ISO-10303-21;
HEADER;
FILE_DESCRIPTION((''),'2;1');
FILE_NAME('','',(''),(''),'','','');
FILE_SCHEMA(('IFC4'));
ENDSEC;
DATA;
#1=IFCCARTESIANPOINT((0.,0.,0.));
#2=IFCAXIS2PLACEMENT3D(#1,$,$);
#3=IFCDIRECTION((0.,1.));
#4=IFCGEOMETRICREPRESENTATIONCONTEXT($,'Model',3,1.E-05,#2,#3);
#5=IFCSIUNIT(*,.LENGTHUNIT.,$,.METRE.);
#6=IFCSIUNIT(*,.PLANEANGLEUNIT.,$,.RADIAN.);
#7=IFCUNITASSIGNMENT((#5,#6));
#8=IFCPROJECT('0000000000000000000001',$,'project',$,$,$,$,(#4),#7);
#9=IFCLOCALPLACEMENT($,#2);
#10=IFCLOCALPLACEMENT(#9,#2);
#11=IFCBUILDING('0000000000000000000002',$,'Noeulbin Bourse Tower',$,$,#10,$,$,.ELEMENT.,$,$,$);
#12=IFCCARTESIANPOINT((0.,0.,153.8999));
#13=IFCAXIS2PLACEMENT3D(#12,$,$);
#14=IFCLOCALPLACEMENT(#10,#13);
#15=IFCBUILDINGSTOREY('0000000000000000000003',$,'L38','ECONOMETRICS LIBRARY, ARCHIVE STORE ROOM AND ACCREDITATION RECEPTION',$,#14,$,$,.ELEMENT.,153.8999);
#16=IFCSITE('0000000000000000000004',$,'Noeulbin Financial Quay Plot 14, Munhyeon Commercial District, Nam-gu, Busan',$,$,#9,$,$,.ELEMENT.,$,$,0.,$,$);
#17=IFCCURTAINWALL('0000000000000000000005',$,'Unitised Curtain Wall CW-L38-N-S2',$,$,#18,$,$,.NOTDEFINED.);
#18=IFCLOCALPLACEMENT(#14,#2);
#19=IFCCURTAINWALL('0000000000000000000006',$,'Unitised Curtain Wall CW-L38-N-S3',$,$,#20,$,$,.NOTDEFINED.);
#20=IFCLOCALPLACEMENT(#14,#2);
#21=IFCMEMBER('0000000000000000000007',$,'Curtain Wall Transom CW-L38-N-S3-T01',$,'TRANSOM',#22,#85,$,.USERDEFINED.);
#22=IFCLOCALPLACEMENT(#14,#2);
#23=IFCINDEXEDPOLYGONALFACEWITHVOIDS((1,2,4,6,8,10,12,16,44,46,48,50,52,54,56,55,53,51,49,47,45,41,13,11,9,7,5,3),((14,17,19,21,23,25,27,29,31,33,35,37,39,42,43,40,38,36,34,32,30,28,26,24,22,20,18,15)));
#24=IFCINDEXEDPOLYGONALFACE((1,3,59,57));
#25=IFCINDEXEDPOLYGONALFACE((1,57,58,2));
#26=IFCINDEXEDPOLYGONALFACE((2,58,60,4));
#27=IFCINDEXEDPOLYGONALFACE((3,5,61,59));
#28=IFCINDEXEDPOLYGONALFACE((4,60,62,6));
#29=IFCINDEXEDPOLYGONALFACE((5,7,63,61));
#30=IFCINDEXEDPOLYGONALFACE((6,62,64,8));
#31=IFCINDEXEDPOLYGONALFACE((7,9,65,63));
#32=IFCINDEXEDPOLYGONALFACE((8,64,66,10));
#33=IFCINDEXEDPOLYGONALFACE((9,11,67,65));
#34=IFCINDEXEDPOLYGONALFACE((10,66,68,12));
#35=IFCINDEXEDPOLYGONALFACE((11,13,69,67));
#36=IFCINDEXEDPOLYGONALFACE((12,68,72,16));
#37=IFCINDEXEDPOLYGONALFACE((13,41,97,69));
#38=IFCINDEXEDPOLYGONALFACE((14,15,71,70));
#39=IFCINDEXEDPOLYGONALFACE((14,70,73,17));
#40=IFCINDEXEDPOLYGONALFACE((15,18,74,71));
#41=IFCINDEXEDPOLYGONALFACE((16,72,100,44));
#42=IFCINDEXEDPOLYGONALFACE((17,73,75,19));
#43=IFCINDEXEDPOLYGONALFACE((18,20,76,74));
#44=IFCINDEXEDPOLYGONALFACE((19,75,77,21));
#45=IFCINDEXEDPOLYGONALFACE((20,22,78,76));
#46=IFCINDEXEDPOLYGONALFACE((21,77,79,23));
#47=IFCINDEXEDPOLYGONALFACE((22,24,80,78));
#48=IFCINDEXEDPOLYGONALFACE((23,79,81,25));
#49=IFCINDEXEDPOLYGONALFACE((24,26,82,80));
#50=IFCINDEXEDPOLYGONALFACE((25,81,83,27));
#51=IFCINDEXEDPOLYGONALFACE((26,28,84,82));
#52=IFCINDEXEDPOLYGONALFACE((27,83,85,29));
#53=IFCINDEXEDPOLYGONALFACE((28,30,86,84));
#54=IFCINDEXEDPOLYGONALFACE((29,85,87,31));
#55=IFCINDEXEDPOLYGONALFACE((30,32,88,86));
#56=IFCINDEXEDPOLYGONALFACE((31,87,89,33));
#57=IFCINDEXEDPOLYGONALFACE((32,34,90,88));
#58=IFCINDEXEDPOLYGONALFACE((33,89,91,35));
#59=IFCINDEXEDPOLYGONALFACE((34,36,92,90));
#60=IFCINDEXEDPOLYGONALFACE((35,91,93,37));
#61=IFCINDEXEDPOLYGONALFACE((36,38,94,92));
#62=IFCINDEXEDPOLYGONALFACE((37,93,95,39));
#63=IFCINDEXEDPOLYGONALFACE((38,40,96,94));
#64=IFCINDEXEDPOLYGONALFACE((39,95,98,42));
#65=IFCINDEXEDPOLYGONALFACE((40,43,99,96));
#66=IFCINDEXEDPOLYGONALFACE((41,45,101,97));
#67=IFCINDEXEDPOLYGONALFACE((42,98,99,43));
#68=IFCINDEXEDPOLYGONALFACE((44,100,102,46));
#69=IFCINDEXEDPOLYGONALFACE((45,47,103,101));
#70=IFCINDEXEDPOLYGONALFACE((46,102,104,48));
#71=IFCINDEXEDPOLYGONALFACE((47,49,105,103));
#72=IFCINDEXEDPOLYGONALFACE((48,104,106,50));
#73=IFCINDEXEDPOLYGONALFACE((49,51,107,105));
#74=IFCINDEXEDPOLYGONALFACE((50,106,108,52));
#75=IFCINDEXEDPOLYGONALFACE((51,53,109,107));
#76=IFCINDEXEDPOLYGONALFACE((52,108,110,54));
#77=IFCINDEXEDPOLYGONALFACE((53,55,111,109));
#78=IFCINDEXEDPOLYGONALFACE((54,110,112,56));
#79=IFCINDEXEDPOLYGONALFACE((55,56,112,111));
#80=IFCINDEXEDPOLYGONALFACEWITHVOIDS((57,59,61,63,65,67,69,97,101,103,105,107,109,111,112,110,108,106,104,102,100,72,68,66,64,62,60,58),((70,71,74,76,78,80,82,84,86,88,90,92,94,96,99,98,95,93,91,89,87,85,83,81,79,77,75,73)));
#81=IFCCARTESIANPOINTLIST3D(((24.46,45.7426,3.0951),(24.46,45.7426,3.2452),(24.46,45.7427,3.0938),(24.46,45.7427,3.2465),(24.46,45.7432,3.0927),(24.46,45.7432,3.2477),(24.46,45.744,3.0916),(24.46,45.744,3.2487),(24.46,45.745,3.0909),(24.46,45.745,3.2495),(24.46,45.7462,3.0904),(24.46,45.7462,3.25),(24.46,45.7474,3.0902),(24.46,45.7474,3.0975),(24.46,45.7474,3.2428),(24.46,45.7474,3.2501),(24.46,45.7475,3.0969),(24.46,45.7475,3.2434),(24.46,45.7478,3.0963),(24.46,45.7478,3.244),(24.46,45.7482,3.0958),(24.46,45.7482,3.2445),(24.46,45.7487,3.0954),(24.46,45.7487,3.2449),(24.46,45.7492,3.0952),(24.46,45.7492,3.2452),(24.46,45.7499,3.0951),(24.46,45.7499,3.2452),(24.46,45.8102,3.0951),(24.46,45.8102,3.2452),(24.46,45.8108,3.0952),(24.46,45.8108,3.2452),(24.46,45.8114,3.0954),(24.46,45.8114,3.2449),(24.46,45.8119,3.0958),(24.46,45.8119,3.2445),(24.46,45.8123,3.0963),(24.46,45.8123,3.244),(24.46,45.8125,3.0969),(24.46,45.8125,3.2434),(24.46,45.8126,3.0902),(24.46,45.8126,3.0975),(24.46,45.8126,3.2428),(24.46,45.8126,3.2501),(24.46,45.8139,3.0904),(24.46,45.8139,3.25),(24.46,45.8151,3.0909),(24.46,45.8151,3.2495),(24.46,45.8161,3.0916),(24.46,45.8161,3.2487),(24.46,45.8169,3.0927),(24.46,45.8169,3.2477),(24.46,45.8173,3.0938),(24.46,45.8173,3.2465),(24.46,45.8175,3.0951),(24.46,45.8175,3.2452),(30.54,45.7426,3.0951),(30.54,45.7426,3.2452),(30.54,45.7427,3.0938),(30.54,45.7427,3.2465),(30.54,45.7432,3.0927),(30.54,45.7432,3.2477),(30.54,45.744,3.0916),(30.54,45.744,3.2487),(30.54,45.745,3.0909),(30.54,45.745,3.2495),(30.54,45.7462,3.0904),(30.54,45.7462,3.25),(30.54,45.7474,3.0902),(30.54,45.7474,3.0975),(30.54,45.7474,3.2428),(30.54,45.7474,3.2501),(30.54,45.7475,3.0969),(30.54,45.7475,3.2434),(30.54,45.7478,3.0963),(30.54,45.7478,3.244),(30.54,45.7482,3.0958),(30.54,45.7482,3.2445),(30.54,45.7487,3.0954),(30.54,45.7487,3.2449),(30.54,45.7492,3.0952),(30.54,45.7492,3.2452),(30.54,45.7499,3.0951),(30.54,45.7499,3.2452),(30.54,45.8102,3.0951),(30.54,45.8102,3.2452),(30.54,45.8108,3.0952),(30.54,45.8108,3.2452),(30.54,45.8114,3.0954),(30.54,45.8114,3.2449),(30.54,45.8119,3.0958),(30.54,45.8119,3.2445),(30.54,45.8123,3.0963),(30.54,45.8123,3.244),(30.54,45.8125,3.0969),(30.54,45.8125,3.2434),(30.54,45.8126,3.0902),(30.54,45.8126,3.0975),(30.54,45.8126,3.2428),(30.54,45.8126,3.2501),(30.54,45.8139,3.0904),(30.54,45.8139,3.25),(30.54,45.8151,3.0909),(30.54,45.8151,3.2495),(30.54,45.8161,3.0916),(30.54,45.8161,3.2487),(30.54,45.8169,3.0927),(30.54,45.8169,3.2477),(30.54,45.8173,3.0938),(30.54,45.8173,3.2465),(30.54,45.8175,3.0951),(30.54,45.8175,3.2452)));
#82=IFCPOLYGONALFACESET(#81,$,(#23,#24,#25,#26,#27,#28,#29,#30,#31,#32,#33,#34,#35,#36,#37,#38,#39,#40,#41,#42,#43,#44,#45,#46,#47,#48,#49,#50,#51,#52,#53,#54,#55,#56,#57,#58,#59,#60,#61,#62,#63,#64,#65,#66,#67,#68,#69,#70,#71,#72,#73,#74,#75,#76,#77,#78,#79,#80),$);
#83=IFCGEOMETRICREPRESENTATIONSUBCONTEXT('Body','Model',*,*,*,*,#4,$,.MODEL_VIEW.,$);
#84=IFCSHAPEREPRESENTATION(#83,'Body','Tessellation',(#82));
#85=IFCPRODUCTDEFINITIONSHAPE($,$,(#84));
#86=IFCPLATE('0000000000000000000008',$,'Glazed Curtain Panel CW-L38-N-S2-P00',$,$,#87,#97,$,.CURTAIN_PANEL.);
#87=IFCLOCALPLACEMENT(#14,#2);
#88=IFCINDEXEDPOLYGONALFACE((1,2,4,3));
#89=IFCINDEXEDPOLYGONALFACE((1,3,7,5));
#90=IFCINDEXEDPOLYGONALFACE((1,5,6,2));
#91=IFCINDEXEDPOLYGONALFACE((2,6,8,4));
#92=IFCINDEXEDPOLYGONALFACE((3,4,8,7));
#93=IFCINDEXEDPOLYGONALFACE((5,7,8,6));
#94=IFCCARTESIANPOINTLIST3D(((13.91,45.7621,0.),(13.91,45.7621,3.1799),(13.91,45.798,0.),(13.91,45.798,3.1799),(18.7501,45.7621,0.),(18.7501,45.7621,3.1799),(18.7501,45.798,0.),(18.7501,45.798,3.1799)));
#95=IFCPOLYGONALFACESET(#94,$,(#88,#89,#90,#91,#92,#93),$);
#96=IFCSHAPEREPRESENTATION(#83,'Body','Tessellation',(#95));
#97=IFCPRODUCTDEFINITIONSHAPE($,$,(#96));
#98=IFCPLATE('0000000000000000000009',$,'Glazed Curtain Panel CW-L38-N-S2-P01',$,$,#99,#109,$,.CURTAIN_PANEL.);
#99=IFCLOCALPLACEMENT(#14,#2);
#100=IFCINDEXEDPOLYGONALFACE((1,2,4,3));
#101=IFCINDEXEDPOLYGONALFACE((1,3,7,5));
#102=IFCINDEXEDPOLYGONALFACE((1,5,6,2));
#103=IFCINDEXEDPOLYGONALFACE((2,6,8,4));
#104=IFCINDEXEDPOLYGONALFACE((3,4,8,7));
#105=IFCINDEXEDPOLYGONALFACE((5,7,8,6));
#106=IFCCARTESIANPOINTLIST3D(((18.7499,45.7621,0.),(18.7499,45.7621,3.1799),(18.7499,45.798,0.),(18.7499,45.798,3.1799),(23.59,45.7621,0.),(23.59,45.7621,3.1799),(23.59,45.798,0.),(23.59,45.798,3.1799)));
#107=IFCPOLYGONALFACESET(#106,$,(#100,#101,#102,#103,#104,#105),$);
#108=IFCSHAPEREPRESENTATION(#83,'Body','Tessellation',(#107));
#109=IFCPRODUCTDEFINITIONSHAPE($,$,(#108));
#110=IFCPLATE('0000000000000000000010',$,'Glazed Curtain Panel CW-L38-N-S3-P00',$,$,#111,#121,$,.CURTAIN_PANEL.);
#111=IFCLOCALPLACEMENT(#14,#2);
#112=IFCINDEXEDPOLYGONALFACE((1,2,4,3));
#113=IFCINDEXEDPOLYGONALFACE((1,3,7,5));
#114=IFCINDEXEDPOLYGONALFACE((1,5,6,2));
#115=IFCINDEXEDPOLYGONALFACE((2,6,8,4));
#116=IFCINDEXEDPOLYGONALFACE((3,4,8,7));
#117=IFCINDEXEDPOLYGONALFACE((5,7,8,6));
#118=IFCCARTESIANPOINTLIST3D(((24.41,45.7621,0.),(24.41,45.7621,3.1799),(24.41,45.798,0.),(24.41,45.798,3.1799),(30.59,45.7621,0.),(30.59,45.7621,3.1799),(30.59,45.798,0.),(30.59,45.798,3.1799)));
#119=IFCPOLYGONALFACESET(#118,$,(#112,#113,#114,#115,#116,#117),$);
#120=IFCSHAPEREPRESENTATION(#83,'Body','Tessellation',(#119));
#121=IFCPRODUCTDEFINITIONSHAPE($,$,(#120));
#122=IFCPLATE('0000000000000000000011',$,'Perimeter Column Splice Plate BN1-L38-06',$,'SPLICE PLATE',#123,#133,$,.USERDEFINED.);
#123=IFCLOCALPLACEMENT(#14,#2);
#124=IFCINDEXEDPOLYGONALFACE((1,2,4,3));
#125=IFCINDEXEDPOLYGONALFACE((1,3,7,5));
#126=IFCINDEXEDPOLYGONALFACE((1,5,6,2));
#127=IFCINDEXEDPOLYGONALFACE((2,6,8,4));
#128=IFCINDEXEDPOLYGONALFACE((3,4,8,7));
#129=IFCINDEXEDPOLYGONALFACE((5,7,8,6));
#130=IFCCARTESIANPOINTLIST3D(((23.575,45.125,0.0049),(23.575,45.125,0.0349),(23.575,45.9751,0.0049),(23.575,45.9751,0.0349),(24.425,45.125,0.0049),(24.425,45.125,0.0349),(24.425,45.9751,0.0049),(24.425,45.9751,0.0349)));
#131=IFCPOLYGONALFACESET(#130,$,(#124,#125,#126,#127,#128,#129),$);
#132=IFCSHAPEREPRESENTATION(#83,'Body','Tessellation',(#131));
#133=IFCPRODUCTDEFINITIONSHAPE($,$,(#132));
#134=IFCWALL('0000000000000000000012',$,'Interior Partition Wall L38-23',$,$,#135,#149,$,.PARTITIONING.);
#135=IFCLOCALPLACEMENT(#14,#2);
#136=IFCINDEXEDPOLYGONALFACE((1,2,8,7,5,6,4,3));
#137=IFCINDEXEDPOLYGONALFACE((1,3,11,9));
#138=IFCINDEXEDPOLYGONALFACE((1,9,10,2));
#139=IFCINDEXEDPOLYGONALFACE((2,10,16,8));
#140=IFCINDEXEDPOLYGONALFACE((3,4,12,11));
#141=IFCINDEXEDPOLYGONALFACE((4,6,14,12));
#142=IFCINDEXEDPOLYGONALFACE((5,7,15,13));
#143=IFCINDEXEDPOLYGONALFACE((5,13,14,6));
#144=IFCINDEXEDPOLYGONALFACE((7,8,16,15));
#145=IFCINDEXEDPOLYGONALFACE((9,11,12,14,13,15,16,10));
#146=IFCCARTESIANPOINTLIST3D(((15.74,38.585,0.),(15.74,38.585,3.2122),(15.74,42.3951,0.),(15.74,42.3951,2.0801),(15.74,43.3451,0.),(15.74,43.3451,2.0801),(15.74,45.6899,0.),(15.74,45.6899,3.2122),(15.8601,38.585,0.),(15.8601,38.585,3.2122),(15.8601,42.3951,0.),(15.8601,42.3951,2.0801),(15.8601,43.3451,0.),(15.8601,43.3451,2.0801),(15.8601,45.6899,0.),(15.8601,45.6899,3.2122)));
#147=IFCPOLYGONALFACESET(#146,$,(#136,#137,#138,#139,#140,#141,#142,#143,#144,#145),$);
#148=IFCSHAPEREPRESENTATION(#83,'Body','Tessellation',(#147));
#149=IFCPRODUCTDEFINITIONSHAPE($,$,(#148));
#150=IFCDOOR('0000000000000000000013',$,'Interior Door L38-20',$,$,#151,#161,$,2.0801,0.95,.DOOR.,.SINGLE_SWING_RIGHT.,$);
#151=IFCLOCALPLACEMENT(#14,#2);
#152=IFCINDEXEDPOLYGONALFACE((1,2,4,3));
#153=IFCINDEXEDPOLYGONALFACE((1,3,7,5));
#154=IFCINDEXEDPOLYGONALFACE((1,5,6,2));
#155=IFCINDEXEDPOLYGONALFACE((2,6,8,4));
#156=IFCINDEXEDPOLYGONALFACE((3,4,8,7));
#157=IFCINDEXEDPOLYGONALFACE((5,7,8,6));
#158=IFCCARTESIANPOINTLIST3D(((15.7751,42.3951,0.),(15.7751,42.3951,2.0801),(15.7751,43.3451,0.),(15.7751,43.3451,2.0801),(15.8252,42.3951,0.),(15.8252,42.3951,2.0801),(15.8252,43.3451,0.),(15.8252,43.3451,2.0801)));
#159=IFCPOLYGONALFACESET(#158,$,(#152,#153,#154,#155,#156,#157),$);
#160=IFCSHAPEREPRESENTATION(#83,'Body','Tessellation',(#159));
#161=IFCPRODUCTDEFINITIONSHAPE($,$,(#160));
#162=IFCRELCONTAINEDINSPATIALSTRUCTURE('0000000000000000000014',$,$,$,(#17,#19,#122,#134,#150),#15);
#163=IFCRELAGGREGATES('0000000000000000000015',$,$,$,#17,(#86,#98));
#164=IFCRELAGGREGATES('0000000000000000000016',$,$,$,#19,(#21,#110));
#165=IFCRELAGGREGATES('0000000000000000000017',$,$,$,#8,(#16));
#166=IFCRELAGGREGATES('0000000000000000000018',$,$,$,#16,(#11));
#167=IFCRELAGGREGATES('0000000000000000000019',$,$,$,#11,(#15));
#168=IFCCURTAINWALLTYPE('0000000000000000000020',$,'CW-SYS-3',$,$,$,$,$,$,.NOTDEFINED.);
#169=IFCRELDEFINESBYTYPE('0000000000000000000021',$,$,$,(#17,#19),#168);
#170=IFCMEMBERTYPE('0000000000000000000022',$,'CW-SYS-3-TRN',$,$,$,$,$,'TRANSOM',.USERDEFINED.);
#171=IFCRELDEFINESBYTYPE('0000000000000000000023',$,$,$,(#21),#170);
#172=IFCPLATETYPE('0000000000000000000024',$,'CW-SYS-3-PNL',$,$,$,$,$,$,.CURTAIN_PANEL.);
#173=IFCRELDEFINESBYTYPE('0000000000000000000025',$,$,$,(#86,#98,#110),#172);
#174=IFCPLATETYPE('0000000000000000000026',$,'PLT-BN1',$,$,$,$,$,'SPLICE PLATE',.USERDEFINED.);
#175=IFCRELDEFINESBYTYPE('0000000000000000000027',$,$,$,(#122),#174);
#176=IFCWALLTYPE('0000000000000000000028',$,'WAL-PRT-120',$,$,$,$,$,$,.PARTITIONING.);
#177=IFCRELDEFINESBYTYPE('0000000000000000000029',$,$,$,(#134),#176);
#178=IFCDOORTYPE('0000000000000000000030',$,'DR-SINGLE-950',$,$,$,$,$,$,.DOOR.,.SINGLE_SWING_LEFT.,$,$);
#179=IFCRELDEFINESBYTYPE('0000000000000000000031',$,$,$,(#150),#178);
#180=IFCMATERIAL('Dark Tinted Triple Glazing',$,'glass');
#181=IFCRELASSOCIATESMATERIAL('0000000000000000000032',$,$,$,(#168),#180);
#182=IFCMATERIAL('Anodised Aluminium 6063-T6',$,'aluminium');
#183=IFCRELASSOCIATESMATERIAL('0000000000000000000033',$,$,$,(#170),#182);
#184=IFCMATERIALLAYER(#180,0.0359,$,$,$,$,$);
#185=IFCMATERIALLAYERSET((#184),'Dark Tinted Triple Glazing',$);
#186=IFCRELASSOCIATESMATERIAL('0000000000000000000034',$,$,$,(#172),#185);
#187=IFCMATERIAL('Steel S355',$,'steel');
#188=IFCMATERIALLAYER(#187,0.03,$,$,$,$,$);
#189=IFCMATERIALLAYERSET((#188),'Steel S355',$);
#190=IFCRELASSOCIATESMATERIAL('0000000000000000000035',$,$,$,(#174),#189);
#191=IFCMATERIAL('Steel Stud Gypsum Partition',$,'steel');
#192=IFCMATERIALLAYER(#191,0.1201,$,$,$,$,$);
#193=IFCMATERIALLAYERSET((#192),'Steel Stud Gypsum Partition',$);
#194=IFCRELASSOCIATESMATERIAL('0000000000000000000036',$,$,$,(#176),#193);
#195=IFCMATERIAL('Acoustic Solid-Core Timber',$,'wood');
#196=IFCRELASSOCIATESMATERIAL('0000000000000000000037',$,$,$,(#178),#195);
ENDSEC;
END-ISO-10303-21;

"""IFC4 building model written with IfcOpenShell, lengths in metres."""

from ifc_helpers import new_model, si_unit, direction, frame, frame_2d, origin, origin_2d, place, context, subcontext, project, spatial, rectangle, hollow_rectangle, extrude, material, layer, layer_set, material_profile, profile_set, type_object, element, fill, aggregate, save


model = new_model("IFC4")

# Units and contexts
model_context = context("Model", 3, precision=1e-05, world=origin(), true_north=direction((0.0, 1.0)))
body_context = subcontext(model_context, "Body", "Model", "MODEL_VIEW")
ifc_project = project(units=[si_unit("LENGTHUNIT", "METRE"), si_unit("PLANEANGLEUNIT", "RADIAN")], contexts=[model_context])

# Site, building, storey
site_placement = place(None, origin())
site = spatial("IfcSite", under=ifc_project, at=site_placement, Name="Noeulbin Financial Quay Plot 14, Munhyeon Commercial District, Nam-gu, Busan", CompositionType="ELEMENT", RefElevation=0.0)
building_placement = place(site_placement, origin())
building = spatial("IfcBuilding", under=site, at=building_placement, Name="Noeulbin Bourse Tower", CompositionType="ELEMENT")
storey_placement = place(building_placement, frame((0.0, 0.0, 153.8999)))
storey = spatial("IfcBuildingStorey", under=building, at=storey_placement, Name="L38", Description="ECONOMETRICS LIBRARY, ARCHIVE STORE ROOM AND ACCREDITATION RECEPTION", CompositionType="ELEMENT", Elevation=153.8999)

# Shared definitions
ifc_material_1 = material(Name="Steel S355", Category="steel")

# Curtain walls, member
ifc_material_2 = material(Name="Dark Tinted Triple Glazing", Category="glass")
curtain_wall_type = type_object("IfcCurtainWallType", Name="CW-SYS-3", PredefinedType="NOTDEFINED", material=ifc_material_2)
curtain_wall_1_placement = place(storey_placement, origin())
curtain_wall_1 = element("IfcCurtainWall", 1, at=curtain_wall_1_placement, inside=storey, type_object=curtain_wall_type, Name="Unitised Curtain Wall CW-L38-N-S2", PredefinedType="NOTDEFINED")
ifc_material_3 = material(Name="Anodised Aluminium 6063-T6", Category="aluminium")
curtain_wall_2_placement = place(storey_placement, origin())
curtain_wall_2 = element("IfcCurtainWall", 2, at=curtain_wall_2_placement, inside=storey, type_object=curtain_wall_type, Name="Unitised Curtain Wall CW-L38-N-S3", PredefinedType="NOTDEFINED")
ifc_material_profile_1 = material_profile(ifc_material_3, hollow_rectangle(XDim=0.075, YDim=0.1599, WallThickness=0.0049, InnerFilletRadius=0.0024, OuterFilletRadius=0.0049, at=origin_2d()), Name="ALU-TRAN-75x160x5", Category="LoadBearing")
ifc_profile_set_1 = profile_set([ifc_material_profile_1], Name="Anodised Aluminium 6063-T6")
member_type_1 = type_object("IfcMemberType", Name="CW-SYS-3-TRN", ElementType="TRANSOM", PredefinedType="USERDEFINED", material=ifc_profile_set_1)
member_1_placement = place(storey_placement, frame((24.46, 45.78, 3.1702), z_axis=(1.0, 0.0, 0.0), x_axis=(0.0, 1.0, 0.0)))
member_1 = element("IfcMember", 3, at=member_1_placement, type_object=member_type_1, Name="Curtain Wall Transom CW-L38-N-S3-T01", ObjectType="TRANSOM", PredefinedType="USERDEFINED", context=body_context, shape_type="SweptSolid", body=[
    extrude(hollow_rectangle(XDim=0.075, YDim=0.1599, WallThickness=0.0049, InnerFilletRadius=0.0024, OuterFilletRadius=0.0049, at=origin_2d()), origin(), (0.0, 0.0, 1.0), 6.0801),
])

# Plates
ifc_layer_1 = layer(ifc_material_2, 0.0359)
ifc_layer_set_1 = layer_set([ifc_layer_1], Name="Dark Tinted Triple Glazing")
plate_type_1 = type_object("IfcPlateType", Name="CW-SYS-3-PNL", PredefinedType="CURTAIN_PANEL", material=ifc_layer_set_1)
plate_1_placement = place(storey_placement, frame((16.3301, 45.78, 0.0), z_axis=(0.0, 0.0, 1.0), x_axis=(1.0, 0.0, 0.0)))
plate_1 = element("IfcPlate", 4, at=plate_1_placement, type_object=plate_type_1, Name="Glazed Curtain Panel CW-L38-N-S2-P00", PredefinedType="CURTAIN_PANEL", context=body_context, shape_type="SweptSolid", body=[
    extrude(rectangle(XDim=4.8401, YDim=0.0359, at=origin_2d()), origin(), (0.0, 0.0, 1.0), 3.1799),
])
plate_2_placement = place(storey_placement, frame((21.1699, 45.78, 0.0), z_axis=(0.0, 0.0, 1.0), x_axis=(1.0, 0.0, 0.0)))
plate_2 = element("IfcPlate", 5, at=plate_2_placement, type_object=plate_type_1, Name="Glazed Curtain Panel CW-L38-N-S2-P01", PredefinedType="CURTAIN_PANEL", context=body_context, shape_type="SweptSolid", body=[
    extrude(rectangle(XDim=4.8401, YDim=0.0359, at=origin_2d()), origin(), (0.0, 0.0, 1.0), 3.1799),
])
aggregate(curtain_wall_1, [plate_1, plate_2])
plate_3_placement = place(storey_placement, frame((27.5, 45.78, 0.0), z_axis=(0.0, 0.0, 1.0), x_axis=(1.0, 0.0, 0.0)))
plate_3 = element("IfcPlate", 6, at=plate_3_placement, type_object=plate_type_1, Name="Glazed Curtain Panel CW-L38-N-S3-P00", PredefinedType="CURTAIN_PANEL", context=body_context, shape_type="SweptSolid", body=[
    extrude(rectangle(XDim=6.1799, YDim=0.0359, at=origin_2d()), origin(), (0.0, 0.0, 1.0), 3.1799),
])
aggregate(curtain_wall_2, [member_1, plate_3])
ifc_layer_2 = layer(ifc_material_1, 0.03)
ifc_layer_set_2 = layer_set([ifc_layer_2], Name="Steel S355")
plate_type_2 = type_object("IfcPlateType", Name="PLT-BN1", ElementType="SPLICE PLATE", PredefinedType="USERDEFINED", material=ifc_layer_set_2)
plate_4_placement = place(storey_placement, frame((24.0, 45.55, 0.0049), z_axis=(0.0, 0.0, 1.0), x_axis=(1.0, 0.0, 0.0)))
element("IfcPlate", 7, at=plate_4_placement, inside=storey, type_object=plate_type_2, Name="Perimeter Column Splice Plate BN1-L38-06", ObjectType="SPLICE PLATE", PredefinedType="USERDEFINED", context=body_context, shape_type="SweptSolid", body=[
    extrude(rectangle(XDim=0.8501, YDim=0.8501, at=origin_2d()), origin(), (0.0, 0.0, 1.0), 0.03),
])

# Wall, opening, door
ifc_material_4 = material(Name="Steel Stud Gypsum Partition", Category="steel")
ifc_layer_3 = layer(ifc_material_4, 0.1201)
ifc_layer_set_3 = layer_set([ifc_layer_3], Name="Steel Stud Gypsum Partition")
wall_type = type_object("IfcWallType", Name="WAL-PRT-120", PredefinedType="PARTITIONING", material=ifc_layer_set_3)
wall_1_placement = place(storey_placement, frame((15.8, 38.585, 0.0), z_axis=(0.0, 0.0, 1.0), x_axis=(0.0, 1.0, 0.0)))
wall_1 = element("IfcWall", 8, at=wall_1_placement, inside=storey, type_object=wall_type, Name="Interior Partition Wall L38-23", PredefinedType="PARTITIONING", context=body_context, shape_type="SweptSolid", body=[
    extrude(rectangle(XDim=7.105, YDim=0.1201, at=frame_2d((3.5525, 0.0))), origin(), (0.0, 0.0, 1.0), 3.2122),
])
opening_1_placement = place(wall_1_placement, frame((3.8101, 0.0, 0.0)))
opening_1 = element("IfcOpeningElement", 9, at=opening_1_placement, cuts=wall_1, PredefinedType="OPENING", context=body_context, shape_type="SweptSolid", body=[
    extrude(rectangle(XDim=0.95, YDim=2.0801, at=frame_2d((0.4751, 1.04))), frame((0.0, 0.0701, 0.0), z_axis=(0.0, -1.0, 0.0), x_axis=(1.0, 0.0, 0.0)), (0.0, 0.0, 1.0), 0.1401),
])
ifc_material_5 = material(Name="Acoustic Solid-Core Timber", Category="wood")
door_type = type_object("IfcDoorType", Name="DR-SINGLE-950", OperationType="SINGLE_SWING_LEFT", PredefinedType="DOOR", material=ifc_material_5)
door_1_placement = place(opening_1_placement, origin())
door_1 = element("IfcDoor", 10, at=door_1_placement, inside=storey, type_object=door_type, Name="Interior Door L38-20", OperationType="SINGLE_SWING_RIGHT", OverallHeight=2.0801, OverallWidth=0.95, PredefinedType="DOOR", context=body_context, shape_type="SweptSolid", body=[
    extrude(rectangle(XDim=0.95, YDim=2.0801, at=frame_2d((0.4751, 1.04))), frame((0.0, 0.0249, 0.0), z_axis=(0.0, -1.0, 0.0), x_axis=(1.0, 0.0, 0.0)), (0.0, 0.0, 1.0), 0.05),
])
fill(opening_1, door_1)

save(model, "model.ifc")
